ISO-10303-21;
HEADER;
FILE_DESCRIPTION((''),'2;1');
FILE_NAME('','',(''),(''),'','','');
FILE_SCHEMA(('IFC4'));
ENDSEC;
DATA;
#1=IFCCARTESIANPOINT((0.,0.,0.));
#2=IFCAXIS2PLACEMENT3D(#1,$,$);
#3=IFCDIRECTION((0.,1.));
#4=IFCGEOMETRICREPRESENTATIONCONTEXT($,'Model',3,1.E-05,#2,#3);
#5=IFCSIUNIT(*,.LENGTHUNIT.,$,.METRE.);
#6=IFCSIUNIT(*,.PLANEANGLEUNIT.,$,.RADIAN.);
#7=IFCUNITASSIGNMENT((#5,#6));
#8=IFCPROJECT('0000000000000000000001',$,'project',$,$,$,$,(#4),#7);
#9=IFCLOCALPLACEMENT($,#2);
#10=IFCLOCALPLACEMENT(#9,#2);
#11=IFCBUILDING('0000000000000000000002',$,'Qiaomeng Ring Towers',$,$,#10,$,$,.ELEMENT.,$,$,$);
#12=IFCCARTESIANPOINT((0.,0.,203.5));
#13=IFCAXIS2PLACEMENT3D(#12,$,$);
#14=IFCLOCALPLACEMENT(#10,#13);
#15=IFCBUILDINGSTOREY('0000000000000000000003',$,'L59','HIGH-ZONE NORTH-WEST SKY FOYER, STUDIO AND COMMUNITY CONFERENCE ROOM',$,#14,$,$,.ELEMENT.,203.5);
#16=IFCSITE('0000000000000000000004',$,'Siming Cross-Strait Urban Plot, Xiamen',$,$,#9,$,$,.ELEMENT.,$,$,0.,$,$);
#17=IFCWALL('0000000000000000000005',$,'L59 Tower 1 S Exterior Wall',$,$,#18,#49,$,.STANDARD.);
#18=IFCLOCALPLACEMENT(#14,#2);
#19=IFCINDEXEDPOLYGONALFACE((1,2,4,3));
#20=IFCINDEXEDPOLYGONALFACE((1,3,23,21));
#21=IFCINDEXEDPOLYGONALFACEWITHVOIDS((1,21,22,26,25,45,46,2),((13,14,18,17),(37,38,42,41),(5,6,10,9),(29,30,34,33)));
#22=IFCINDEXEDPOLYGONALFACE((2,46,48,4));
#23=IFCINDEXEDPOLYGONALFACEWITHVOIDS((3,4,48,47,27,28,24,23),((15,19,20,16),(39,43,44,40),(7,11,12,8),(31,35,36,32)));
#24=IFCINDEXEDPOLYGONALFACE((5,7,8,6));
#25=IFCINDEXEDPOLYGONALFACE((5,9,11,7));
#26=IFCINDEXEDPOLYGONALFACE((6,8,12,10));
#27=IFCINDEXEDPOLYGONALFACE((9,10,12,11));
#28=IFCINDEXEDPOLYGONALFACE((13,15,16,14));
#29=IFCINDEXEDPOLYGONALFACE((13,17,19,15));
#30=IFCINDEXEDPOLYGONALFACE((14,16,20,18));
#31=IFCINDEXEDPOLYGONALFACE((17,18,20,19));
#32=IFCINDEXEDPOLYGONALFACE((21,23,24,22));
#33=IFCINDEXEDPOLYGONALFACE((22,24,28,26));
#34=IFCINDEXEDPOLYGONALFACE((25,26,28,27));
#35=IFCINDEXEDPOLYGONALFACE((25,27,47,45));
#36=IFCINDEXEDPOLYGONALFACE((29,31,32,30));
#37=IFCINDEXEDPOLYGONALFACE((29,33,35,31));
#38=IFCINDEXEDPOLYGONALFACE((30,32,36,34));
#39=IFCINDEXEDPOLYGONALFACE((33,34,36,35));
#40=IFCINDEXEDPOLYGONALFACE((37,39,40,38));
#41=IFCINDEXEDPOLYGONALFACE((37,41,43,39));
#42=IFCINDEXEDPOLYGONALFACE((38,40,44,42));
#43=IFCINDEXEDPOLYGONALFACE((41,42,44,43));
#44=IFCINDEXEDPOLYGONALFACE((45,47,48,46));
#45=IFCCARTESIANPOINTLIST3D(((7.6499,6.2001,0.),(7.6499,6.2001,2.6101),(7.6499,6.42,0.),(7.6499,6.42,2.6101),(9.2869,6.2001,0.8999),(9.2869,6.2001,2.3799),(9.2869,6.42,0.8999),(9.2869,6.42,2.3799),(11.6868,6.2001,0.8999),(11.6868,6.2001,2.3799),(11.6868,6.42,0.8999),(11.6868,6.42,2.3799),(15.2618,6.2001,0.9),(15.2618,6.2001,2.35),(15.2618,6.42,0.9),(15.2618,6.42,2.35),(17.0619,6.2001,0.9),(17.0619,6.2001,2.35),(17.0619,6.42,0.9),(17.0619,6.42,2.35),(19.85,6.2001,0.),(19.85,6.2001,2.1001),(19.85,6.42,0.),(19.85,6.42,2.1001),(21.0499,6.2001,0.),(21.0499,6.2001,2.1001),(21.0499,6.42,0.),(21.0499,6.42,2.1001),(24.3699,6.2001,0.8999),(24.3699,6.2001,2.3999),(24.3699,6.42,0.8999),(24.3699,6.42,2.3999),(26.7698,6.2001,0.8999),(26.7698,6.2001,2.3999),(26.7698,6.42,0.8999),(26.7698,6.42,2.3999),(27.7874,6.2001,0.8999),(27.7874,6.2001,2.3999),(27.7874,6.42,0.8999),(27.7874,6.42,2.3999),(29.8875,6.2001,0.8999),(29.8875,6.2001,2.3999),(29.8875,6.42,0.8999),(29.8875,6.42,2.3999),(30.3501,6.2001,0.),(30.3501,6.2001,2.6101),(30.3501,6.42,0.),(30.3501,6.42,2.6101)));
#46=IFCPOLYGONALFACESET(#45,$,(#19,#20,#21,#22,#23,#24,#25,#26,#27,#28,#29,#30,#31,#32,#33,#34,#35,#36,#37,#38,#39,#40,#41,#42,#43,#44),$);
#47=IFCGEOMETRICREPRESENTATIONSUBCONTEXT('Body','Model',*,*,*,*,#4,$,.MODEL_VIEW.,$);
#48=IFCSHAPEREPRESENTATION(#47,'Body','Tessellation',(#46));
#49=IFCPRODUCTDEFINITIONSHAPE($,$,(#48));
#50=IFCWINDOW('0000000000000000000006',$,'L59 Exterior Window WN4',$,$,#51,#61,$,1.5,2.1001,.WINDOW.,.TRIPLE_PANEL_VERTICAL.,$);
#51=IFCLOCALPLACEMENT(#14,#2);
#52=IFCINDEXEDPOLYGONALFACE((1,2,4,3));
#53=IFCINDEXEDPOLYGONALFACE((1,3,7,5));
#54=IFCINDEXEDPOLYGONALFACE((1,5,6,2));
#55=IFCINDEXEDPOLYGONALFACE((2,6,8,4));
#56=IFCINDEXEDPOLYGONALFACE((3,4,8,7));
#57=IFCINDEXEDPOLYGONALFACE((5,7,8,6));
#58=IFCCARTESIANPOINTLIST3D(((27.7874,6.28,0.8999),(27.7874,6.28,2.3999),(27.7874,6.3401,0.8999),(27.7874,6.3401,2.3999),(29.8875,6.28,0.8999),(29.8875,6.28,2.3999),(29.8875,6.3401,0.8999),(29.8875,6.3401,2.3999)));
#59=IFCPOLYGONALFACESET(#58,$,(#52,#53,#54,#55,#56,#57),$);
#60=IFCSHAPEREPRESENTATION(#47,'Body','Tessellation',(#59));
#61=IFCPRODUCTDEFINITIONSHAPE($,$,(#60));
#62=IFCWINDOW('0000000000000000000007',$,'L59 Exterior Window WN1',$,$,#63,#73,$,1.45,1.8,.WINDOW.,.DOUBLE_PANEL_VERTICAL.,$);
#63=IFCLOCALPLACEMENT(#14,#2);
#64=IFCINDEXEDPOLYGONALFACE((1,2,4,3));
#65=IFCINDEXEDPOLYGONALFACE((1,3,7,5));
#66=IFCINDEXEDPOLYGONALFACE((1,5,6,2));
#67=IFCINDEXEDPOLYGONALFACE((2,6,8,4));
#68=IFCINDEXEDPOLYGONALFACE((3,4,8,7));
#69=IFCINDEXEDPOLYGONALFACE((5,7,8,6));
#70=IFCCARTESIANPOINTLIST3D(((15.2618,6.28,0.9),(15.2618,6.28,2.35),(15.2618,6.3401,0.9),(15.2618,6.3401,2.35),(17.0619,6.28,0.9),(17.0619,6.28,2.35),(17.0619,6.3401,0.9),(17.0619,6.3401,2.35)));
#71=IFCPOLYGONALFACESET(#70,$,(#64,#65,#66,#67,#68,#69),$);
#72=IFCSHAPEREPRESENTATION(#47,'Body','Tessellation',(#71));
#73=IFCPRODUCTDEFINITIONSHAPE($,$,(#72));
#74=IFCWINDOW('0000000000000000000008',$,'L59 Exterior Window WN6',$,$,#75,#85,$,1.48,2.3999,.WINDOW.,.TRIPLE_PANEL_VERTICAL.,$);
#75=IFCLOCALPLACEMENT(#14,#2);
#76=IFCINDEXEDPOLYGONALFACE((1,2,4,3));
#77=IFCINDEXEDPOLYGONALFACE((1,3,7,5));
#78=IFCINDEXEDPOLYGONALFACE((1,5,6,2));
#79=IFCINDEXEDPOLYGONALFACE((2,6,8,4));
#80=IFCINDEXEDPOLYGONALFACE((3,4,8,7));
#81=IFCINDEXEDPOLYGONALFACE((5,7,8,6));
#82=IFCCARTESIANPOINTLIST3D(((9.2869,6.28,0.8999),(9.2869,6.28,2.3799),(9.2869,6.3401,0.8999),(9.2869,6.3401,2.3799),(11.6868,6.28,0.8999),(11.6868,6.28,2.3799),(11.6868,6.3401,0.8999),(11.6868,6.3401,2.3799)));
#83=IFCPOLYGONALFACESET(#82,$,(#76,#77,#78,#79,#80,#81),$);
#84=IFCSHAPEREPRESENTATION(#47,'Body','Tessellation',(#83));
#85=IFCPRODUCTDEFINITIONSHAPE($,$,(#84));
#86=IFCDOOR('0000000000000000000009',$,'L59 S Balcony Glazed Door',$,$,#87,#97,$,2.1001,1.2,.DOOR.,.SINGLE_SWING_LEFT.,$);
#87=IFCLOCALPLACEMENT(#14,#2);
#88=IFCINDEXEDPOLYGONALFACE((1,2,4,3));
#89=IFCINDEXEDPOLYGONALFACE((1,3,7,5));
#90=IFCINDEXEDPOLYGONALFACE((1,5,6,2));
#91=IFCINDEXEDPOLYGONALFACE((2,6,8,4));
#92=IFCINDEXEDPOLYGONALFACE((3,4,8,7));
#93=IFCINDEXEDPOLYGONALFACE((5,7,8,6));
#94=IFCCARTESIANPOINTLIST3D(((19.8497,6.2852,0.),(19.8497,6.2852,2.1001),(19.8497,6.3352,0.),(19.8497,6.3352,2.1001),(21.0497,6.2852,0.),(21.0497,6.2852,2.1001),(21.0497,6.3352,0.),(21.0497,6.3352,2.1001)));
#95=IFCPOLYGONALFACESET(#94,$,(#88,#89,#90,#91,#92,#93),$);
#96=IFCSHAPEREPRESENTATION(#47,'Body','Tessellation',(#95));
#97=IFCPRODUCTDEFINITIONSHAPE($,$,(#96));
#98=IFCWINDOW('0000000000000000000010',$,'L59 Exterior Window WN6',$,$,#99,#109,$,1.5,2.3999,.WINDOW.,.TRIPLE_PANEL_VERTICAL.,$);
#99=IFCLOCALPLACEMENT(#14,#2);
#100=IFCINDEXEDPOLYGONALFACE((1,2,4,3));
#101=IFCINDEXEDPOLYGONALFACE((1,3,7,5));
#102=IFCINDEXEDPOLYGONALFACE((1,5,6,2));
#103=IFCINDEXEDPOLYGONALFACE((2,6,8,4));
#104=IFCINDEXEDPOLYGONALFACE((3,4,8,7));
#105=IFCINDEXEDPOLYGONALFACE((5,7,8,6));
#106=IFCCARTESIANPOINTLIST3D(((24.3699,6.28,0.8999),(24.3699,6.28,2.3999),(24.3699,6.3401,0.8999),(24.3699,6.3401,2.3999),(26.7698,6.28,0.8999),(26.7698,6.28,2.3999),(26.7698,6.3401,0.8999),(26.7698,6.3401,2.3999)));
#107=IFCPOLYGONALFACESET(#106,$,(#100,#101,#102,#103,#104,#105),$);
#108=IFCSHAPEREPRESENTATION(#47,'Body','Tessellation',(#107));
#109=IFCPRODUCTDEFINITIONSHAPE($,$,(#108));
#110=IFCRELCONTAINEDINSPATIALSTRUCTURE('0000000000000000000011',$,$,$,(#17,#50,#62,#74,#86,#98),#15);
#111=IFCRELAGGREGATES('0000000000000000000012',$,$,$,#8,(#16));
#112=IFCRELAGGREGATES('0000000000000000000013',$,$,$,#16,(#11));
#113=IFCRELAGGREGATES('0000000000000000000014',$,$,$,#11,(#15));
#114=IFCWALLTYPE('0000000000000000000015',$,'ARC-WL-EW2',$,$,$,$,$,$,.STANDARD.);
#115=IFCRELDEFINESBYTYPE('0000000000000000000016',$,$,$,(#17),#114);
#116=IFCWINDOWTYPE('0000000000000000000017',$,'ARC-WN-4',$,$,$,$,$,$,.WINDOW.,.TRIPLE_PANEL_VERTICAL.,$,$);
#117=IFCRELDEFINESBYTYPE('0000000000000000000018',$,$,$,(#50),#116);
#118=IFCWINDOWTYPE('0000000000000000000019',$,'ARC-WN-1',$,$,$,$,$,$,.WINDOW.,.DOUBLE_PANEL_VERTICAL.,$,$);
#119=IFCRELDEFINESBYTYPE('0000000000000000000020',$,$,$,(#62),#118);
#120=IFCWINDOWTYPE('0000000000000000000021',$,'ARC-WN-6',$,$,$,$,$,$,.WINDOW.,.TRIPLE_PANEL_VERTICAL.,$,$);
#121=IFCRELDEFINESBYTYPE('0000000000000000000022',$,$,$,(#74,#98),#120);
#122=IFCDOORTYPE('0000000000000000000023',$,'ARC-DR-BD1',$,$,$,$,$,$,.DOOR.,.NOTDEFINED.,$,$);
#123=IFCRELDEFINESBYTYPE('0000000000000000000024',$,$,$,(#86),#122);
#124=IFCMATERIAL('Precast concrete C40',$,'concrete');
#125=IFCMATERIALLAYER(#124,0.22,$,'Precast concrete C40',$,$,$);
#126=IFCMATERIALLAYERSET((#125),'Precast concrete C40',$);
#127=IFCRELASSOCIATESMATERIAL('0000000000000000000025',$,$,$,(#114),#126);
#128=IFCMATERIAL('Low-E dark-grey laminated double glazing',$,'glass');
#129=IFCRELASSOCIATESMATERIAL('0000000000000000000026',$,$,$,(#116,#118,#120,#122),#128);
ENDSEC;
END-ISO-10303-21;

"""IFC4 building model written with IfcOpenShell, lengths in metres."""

from ifc_helpers import new_model, si_unit, direction, frame, frame_2d, origin, place, context, subcontext, project, spatial, rectangle, extrude, source, transform, mapped, material, layer, layer_set, type_object, element, fill, save


model = new_model("IFC4")

# Units and contexts
model_context = context("Model", 3, precision=1e-05, world=origin(), true_north=direction((0.0, 1.0)))
body_context = subcontext(model_context, "Body", "Model", "MODEL_VIEW")
ifc_project = project(units=[si_unit("LENGTHUNIT", "METRE"), si_unit("PLANEANGLEUNIT", "RADIAN")], contexts=[model_context])

# Site, building, storey
site_placement = place(None, origin())
site = spatial("IfcSite", under=ifc_project, at=site_placement, Name="Siming Cross-Strait Urban Plot, Xiamen", CompositionType="ELEMENT", RefElevation=0.0)
building_placement = place(site_placement, origin())
building = spatial("IfcBuilding", under=site, at=building_placement, Name="Qiaomeng Ring Towers", CompositionType="ELEMENT")
storey_placement = place(building_placement, frame((0.0, 0.0, 203.5)))
storey = spatial("IfcBuildingStorey", under=building, at=storey_placement, Name="L59", Description="HIGH-ZONE NORTH-WEST SKY FOYER, STUDIO AND COMMUNITY CONFERENCE ROOM", CompositionType="ELEMENT", Elevation=203.5)

# Shared definitions
ifc_material_1 = material(Name="Low-E dark-grey laminated double glazing", Category="glass")

# Wall, openings, windows, door
ifc_material_2 = material(Name="Precast concrete C40", Category="concrete")
ifc_layer_1 = layer(ifc_material_2, 0.22, Name="Precast concrete C40")
ifc_layer_set_1 = layer_set([ifc_layer_1], Name="Precast concrete C40")
wall_type = type_object("IfcWallType", Name="ARC-WL-EW2", PredefinedType="STANDARD", material=ifc_layer_set_1)
wall_placement = place(storey_placement, frame((7.6499, 6.3101, 0.0), z_axis=(0.0, 0.0, 1.0), x_axis=(1.0, 0.0, 0.0)))
wall = element("IfcWall", 1, at=wall_placement, inside=storey, type_object=wall_type, Name="L59 Tower 1 S Exterior Wall", PredefinedType="STANDARD", context=body_context, shape_type="SweptSolid", body=[
    extrude(rectangle(XDim=22.7002, YDim=0.22, at=frame_2d((11.3501, 0.0))), origin(), (0.0, 0.0, 1.0), 2.6101),
])
opening_1_placement = place(wall_placement, frame((12.2, 0.0, 0.0)))
opening_1 = element("IfcOpeningElement", 2, at=opening_1_placement, cuts=wall, PredefinedType="OPENING", context=body_context, shape_type="SweptSolid", body=[
    extrude(rectangle(XDim=1.2, YDim=2.1001, at=frame_2d((0.6001, 1.05))), frame((0.0, 0.1199, 0.0), z_axis=(0.0, -1.0, 0.0), x_axis=(1.0, 0.0, 0.0)), (0.0, 0.0, 1.0), 0.24),
])
opening_2_placement = place(wall_placement, frame((1.637, 0.0, 0.8999)))
opening_2 = element("IfcOpeningElement", 3, at=opening_2_placement, cuts=wall, PredefinedType="OPENING", context=body_context, shape_type="SweptSolid", body=[
    extrude(rectangle(XDim=2.3999, YDim=1.48, at=frame_2d((1.2, 0.74))), frame((0.0, 0.1199, 0.0), z_axis=(0.0, -1.0, 0.0), x_axis=(1.0, 0.0, 0.0)), (0.0, 0.0, 1.0), 0.24),
])
opening_3_placement = place(wall_placement, frame((7.6121, 0.0, 0.8999)))
opening_3 = element("IfcOpeningElement", 4, at=opening_3_placement, cuts=wall, PredefinedType="OPENING", context=body_context, shape_type="SweptSolid", body=[
    extrude(rectangle(XDim=1.8, YDim=1.45, at=frame_2d((0.8999, 0.7251))), frame((0.0, 0.1199, 0.0), z_axis=(0.0, -1.0, 0.0), x_axis=(1.0, 0.0, 0.0)), (0.0, 0.0, 1.0), 0.24),
])
opening_4_placement = place(wall_placement, frame((20.1375, 0.0, 0.8999)))
opening_4 = element("IfcOpeningElement", 5, at=opening_4_placement, cuts=wall, PredefinedType="OPENING", context=body_context, shape_type="SweptSolid", body=[
    extrude(rectangle(XDim=2.1001, YDim=1.5, at=frame_2d((1.05, 0.75))), frame((0.0, 0.1199, 0.0), z_axis=(0.0, -1.0, 0.0), x_axis=(1.0, 0.0, 0.0)), (0.0, 0.0, 1.0), 0.24),
])
opening_5_placement = place(wall_placement, frame((16.72, 0.0, 0.8999)))
opening_5 = element("IfcOpeningElement", 6, at=opening_5_placement, cuts=wall, PredefinedType="OPENING", context=body_context, shape_type="SweptSolid", body=[
    extrude(rectangle(XDim=2.3999, YDim=1.5, at=frame_2d((1.2, 0.75))), frame((0.0, 0.1199, 0.0), z_axis=(0.0, -1.0, 0.0), x_axis=(1.0, 0.0, 0.0)), (0.0, 0.0, 1.0), 0.24),
])
window_type_1 = type_object("IfcWindowType", Name="ARC-WN-4", PartitioningType="TRIPLE_PANEL_VERTICAL", PredefinedType="WINDOW", material=ifc_material_1)
shared_shape_1 = source(origin(), body_context, "Body", "SweptSolid", [
    extrude(rectangle(XDim=2.1001, YDim=1.5, at=frame_2d((1.05, 0.75))), frame((0.0, 0.03, 0.0), z_axis=(0.0, -1.0, 0.0), x_axis=(1.0, 0.0, 0.0)), (0.0, 0.0, 1.0), 0.0601),
])
window_1_placement = place(opening_4_placement, origin())
window_1 = element("IfcWindow", 7, at=window_1_placement, inside=storey, type_object=window_type_1, Name="L59 Exterior Window WN4", OverallHeight=1.5, OverallWidth=2.1001, PartitioningType="TRIPLE_PANEL_VERTICAL", PredefinedType="WINDOW", context=body_context, shape_type="MappedRepresentation", body=[
    mapped(shared_shape_1, transform((0.0, 0.0, 0.0), x_axis=(1.0, 0.0, 0.0), y_axis=(0.0, 1.0, 0.0), z_axis=(0.0, 0.0, 1.0), scale=1.0)),
])
fill(opening_4, window_1)
window_type_2 = type_object("IfcWindowType", Name="ARC-WN-1", PartitioningType="DOUBLE_PANEL_VERTICAL", PredefinedType="WINDOW", material=ifc_material_1)
shared_shape_2 = source(origin(), body_context, "Body", "SweptSolid", [
    extrude(rectangle(XDim=1.8, YDim=1.45, at=frame_2d((0.8999, 0.7251))), frame((0.0, 0.03, 0.0), z_axis=(0.0, -1.0, 0.0), x_axis=(1.0, 0.0, 0.0)), (0.0, 0.0, 1.0), 0.0601),
])
window_2_placement = place(opening_3_placement, origin())
window_2 = element("IfcWindow", 8, at=window_2_placement, inside=storey, type_object=window_type_2, Name="L59 Exterior Window WN1", OverallHeight=1.45, OverallWidth=1.8, PartitioningType="DOUBLE_PANEL_VERTICAL", PredefinedType="WINDOW", context=body_context, shape_type="MappedRepresentation", body=[
    mapped(shared_shape_2, transform((0.0, 0.0, 0.0), x_axis=(1.0, 0.0, 0.0), y_axis=(0.0, 1.0, 0.0), z_axis=(0.0, 0.0, 1.0), scale=1.0)),
])
fill(opening_3, window_2)
window_type_3 = type_object("IfcWindowType", Name="ARC-WN-6", PartitioningType="TRIPLE_PANEL_VERTICAL", PredefinedType="WINDOW", material=ifc_material_1)
shared_shape_3 = source(origin(), body_context, "Body", "SweptSolid", [
    extrude(rectangle(XDim=2.3999, YDim=1.48, at=frame_2d((1.2, 0.74))), frame((0.0, 0.03, 0.0), z_axis=(0.0, -1.0, 0.0), x_axis=(1.0, 0.0, 0.0)), (0.0, 0.0, 1.0), 0.0601),
])
window_3_placement = place(opening_2_placement, origin())
window_3 = element("IfcWindow", 9, at=window_3_placement, inside=storey, type_object=window_type_3, Name="L59 Exterior Window WN6", OverallHeight=1.48, OverallWidth=2.3999, PartitioningType="TRIPLE_PANEL_VERTICAL", PredefinedType="WINDOW", context=body_context, shape_type="MappedRepresentation", body=[
    mapped(shared_shape_3, transform((0.0, 0.0, 0.0), x_axis=(1.0, 0.0, 0.0), y_axis=(0.0, 1.0, 0.0), z_axis=(0.0, 0.0, 1.0), scale=1.0)),
])
fill(opening_2, window_3)
door_type = type_object("IfcDoorType", Name="ARC-DR-BD1", OperationType="NOTDEFINED", PredefinedType="DOOR", material=ifc_material_1)
shared_shape_4 = source(origin(), body_context, "Body", "SweptSolid", [
    extrude(rectangle(XDim=1.2, YDim=2.1001, at=frame_2d((0.6001, 1.05))), frame((0.0, 0.0249, 0.0), z_axis=(0.0, -1.0, 0.0), x_axis=(1.0, 0.0, 0.0)), (0.0, 0.0, 1.0), 0.05),
])
door_placement = place(opening_1_placement, frame((1.2, 0.0, 0.0), z_axis=(0.0, 0.0, 1.0), x_axis=(-1.0, 0.0, 0.0)))
door = element("IfcDoor", 10, at=door_placement, inside=storey, type_object=door_type, Name="L59 S Balcony Glazed Door", OperationType="SINGLE_SWING_LEFT", OverallHeight=2.1001, OverallWidth=1.2, PredefinedType="DOOR", context=body_context, shape_type="MappedRepresentation", body=[
    mapped(shared_shape_4, transform((0.0, 0.0, 0.0), x_axis=(1.0, 0.0, 0.0), y_axis=(0.0, 1.0, 0.0), z_axis=(0.0, 0.0, 1.0), scale=1.0)),
])
fill(opening_1, door)
shared_shape_5 = source(origin(), body_context, "Body", "SweptSolid", [
    extrude(rectangle(XDim=2.3999, YDim=1.5, at=frame_2d((1.2, 0.75))), frame((0.0, 0.03, 0.0), z_axis=(0.0, -1.0, 0.0), x_axis=(1.0, 0.0, 0.0)), (0.0, 0.0, 1.0), 0.0601),
])
window_4_placement = place(opening_5_placement, origin())
window_4 = element("IfcWindow", 11, at=window_4_placement, inside=storey, type_object=window_type_3, Name="L59 Exterior Window WN6", OverallHeight=1.5, OverallWidth=2.3999, PartitioningType="TRIPLE_PANEL_VERTICAL", PredefinedType="WINDOW", context=body_context, shape_type="MappedRepresentation", body=[
    mapped(shared_shape_5, transform((0.0, 0.0, 0.0), x_axis=(1.0, 0.0, 0.0), y_axis=(0.0, 1.0, 0.0), z_axis=(0.0, 0.0, 1.0), scale=1.0)),
])
fill(opening_5, window_4)

save(model, "model.ifc")
